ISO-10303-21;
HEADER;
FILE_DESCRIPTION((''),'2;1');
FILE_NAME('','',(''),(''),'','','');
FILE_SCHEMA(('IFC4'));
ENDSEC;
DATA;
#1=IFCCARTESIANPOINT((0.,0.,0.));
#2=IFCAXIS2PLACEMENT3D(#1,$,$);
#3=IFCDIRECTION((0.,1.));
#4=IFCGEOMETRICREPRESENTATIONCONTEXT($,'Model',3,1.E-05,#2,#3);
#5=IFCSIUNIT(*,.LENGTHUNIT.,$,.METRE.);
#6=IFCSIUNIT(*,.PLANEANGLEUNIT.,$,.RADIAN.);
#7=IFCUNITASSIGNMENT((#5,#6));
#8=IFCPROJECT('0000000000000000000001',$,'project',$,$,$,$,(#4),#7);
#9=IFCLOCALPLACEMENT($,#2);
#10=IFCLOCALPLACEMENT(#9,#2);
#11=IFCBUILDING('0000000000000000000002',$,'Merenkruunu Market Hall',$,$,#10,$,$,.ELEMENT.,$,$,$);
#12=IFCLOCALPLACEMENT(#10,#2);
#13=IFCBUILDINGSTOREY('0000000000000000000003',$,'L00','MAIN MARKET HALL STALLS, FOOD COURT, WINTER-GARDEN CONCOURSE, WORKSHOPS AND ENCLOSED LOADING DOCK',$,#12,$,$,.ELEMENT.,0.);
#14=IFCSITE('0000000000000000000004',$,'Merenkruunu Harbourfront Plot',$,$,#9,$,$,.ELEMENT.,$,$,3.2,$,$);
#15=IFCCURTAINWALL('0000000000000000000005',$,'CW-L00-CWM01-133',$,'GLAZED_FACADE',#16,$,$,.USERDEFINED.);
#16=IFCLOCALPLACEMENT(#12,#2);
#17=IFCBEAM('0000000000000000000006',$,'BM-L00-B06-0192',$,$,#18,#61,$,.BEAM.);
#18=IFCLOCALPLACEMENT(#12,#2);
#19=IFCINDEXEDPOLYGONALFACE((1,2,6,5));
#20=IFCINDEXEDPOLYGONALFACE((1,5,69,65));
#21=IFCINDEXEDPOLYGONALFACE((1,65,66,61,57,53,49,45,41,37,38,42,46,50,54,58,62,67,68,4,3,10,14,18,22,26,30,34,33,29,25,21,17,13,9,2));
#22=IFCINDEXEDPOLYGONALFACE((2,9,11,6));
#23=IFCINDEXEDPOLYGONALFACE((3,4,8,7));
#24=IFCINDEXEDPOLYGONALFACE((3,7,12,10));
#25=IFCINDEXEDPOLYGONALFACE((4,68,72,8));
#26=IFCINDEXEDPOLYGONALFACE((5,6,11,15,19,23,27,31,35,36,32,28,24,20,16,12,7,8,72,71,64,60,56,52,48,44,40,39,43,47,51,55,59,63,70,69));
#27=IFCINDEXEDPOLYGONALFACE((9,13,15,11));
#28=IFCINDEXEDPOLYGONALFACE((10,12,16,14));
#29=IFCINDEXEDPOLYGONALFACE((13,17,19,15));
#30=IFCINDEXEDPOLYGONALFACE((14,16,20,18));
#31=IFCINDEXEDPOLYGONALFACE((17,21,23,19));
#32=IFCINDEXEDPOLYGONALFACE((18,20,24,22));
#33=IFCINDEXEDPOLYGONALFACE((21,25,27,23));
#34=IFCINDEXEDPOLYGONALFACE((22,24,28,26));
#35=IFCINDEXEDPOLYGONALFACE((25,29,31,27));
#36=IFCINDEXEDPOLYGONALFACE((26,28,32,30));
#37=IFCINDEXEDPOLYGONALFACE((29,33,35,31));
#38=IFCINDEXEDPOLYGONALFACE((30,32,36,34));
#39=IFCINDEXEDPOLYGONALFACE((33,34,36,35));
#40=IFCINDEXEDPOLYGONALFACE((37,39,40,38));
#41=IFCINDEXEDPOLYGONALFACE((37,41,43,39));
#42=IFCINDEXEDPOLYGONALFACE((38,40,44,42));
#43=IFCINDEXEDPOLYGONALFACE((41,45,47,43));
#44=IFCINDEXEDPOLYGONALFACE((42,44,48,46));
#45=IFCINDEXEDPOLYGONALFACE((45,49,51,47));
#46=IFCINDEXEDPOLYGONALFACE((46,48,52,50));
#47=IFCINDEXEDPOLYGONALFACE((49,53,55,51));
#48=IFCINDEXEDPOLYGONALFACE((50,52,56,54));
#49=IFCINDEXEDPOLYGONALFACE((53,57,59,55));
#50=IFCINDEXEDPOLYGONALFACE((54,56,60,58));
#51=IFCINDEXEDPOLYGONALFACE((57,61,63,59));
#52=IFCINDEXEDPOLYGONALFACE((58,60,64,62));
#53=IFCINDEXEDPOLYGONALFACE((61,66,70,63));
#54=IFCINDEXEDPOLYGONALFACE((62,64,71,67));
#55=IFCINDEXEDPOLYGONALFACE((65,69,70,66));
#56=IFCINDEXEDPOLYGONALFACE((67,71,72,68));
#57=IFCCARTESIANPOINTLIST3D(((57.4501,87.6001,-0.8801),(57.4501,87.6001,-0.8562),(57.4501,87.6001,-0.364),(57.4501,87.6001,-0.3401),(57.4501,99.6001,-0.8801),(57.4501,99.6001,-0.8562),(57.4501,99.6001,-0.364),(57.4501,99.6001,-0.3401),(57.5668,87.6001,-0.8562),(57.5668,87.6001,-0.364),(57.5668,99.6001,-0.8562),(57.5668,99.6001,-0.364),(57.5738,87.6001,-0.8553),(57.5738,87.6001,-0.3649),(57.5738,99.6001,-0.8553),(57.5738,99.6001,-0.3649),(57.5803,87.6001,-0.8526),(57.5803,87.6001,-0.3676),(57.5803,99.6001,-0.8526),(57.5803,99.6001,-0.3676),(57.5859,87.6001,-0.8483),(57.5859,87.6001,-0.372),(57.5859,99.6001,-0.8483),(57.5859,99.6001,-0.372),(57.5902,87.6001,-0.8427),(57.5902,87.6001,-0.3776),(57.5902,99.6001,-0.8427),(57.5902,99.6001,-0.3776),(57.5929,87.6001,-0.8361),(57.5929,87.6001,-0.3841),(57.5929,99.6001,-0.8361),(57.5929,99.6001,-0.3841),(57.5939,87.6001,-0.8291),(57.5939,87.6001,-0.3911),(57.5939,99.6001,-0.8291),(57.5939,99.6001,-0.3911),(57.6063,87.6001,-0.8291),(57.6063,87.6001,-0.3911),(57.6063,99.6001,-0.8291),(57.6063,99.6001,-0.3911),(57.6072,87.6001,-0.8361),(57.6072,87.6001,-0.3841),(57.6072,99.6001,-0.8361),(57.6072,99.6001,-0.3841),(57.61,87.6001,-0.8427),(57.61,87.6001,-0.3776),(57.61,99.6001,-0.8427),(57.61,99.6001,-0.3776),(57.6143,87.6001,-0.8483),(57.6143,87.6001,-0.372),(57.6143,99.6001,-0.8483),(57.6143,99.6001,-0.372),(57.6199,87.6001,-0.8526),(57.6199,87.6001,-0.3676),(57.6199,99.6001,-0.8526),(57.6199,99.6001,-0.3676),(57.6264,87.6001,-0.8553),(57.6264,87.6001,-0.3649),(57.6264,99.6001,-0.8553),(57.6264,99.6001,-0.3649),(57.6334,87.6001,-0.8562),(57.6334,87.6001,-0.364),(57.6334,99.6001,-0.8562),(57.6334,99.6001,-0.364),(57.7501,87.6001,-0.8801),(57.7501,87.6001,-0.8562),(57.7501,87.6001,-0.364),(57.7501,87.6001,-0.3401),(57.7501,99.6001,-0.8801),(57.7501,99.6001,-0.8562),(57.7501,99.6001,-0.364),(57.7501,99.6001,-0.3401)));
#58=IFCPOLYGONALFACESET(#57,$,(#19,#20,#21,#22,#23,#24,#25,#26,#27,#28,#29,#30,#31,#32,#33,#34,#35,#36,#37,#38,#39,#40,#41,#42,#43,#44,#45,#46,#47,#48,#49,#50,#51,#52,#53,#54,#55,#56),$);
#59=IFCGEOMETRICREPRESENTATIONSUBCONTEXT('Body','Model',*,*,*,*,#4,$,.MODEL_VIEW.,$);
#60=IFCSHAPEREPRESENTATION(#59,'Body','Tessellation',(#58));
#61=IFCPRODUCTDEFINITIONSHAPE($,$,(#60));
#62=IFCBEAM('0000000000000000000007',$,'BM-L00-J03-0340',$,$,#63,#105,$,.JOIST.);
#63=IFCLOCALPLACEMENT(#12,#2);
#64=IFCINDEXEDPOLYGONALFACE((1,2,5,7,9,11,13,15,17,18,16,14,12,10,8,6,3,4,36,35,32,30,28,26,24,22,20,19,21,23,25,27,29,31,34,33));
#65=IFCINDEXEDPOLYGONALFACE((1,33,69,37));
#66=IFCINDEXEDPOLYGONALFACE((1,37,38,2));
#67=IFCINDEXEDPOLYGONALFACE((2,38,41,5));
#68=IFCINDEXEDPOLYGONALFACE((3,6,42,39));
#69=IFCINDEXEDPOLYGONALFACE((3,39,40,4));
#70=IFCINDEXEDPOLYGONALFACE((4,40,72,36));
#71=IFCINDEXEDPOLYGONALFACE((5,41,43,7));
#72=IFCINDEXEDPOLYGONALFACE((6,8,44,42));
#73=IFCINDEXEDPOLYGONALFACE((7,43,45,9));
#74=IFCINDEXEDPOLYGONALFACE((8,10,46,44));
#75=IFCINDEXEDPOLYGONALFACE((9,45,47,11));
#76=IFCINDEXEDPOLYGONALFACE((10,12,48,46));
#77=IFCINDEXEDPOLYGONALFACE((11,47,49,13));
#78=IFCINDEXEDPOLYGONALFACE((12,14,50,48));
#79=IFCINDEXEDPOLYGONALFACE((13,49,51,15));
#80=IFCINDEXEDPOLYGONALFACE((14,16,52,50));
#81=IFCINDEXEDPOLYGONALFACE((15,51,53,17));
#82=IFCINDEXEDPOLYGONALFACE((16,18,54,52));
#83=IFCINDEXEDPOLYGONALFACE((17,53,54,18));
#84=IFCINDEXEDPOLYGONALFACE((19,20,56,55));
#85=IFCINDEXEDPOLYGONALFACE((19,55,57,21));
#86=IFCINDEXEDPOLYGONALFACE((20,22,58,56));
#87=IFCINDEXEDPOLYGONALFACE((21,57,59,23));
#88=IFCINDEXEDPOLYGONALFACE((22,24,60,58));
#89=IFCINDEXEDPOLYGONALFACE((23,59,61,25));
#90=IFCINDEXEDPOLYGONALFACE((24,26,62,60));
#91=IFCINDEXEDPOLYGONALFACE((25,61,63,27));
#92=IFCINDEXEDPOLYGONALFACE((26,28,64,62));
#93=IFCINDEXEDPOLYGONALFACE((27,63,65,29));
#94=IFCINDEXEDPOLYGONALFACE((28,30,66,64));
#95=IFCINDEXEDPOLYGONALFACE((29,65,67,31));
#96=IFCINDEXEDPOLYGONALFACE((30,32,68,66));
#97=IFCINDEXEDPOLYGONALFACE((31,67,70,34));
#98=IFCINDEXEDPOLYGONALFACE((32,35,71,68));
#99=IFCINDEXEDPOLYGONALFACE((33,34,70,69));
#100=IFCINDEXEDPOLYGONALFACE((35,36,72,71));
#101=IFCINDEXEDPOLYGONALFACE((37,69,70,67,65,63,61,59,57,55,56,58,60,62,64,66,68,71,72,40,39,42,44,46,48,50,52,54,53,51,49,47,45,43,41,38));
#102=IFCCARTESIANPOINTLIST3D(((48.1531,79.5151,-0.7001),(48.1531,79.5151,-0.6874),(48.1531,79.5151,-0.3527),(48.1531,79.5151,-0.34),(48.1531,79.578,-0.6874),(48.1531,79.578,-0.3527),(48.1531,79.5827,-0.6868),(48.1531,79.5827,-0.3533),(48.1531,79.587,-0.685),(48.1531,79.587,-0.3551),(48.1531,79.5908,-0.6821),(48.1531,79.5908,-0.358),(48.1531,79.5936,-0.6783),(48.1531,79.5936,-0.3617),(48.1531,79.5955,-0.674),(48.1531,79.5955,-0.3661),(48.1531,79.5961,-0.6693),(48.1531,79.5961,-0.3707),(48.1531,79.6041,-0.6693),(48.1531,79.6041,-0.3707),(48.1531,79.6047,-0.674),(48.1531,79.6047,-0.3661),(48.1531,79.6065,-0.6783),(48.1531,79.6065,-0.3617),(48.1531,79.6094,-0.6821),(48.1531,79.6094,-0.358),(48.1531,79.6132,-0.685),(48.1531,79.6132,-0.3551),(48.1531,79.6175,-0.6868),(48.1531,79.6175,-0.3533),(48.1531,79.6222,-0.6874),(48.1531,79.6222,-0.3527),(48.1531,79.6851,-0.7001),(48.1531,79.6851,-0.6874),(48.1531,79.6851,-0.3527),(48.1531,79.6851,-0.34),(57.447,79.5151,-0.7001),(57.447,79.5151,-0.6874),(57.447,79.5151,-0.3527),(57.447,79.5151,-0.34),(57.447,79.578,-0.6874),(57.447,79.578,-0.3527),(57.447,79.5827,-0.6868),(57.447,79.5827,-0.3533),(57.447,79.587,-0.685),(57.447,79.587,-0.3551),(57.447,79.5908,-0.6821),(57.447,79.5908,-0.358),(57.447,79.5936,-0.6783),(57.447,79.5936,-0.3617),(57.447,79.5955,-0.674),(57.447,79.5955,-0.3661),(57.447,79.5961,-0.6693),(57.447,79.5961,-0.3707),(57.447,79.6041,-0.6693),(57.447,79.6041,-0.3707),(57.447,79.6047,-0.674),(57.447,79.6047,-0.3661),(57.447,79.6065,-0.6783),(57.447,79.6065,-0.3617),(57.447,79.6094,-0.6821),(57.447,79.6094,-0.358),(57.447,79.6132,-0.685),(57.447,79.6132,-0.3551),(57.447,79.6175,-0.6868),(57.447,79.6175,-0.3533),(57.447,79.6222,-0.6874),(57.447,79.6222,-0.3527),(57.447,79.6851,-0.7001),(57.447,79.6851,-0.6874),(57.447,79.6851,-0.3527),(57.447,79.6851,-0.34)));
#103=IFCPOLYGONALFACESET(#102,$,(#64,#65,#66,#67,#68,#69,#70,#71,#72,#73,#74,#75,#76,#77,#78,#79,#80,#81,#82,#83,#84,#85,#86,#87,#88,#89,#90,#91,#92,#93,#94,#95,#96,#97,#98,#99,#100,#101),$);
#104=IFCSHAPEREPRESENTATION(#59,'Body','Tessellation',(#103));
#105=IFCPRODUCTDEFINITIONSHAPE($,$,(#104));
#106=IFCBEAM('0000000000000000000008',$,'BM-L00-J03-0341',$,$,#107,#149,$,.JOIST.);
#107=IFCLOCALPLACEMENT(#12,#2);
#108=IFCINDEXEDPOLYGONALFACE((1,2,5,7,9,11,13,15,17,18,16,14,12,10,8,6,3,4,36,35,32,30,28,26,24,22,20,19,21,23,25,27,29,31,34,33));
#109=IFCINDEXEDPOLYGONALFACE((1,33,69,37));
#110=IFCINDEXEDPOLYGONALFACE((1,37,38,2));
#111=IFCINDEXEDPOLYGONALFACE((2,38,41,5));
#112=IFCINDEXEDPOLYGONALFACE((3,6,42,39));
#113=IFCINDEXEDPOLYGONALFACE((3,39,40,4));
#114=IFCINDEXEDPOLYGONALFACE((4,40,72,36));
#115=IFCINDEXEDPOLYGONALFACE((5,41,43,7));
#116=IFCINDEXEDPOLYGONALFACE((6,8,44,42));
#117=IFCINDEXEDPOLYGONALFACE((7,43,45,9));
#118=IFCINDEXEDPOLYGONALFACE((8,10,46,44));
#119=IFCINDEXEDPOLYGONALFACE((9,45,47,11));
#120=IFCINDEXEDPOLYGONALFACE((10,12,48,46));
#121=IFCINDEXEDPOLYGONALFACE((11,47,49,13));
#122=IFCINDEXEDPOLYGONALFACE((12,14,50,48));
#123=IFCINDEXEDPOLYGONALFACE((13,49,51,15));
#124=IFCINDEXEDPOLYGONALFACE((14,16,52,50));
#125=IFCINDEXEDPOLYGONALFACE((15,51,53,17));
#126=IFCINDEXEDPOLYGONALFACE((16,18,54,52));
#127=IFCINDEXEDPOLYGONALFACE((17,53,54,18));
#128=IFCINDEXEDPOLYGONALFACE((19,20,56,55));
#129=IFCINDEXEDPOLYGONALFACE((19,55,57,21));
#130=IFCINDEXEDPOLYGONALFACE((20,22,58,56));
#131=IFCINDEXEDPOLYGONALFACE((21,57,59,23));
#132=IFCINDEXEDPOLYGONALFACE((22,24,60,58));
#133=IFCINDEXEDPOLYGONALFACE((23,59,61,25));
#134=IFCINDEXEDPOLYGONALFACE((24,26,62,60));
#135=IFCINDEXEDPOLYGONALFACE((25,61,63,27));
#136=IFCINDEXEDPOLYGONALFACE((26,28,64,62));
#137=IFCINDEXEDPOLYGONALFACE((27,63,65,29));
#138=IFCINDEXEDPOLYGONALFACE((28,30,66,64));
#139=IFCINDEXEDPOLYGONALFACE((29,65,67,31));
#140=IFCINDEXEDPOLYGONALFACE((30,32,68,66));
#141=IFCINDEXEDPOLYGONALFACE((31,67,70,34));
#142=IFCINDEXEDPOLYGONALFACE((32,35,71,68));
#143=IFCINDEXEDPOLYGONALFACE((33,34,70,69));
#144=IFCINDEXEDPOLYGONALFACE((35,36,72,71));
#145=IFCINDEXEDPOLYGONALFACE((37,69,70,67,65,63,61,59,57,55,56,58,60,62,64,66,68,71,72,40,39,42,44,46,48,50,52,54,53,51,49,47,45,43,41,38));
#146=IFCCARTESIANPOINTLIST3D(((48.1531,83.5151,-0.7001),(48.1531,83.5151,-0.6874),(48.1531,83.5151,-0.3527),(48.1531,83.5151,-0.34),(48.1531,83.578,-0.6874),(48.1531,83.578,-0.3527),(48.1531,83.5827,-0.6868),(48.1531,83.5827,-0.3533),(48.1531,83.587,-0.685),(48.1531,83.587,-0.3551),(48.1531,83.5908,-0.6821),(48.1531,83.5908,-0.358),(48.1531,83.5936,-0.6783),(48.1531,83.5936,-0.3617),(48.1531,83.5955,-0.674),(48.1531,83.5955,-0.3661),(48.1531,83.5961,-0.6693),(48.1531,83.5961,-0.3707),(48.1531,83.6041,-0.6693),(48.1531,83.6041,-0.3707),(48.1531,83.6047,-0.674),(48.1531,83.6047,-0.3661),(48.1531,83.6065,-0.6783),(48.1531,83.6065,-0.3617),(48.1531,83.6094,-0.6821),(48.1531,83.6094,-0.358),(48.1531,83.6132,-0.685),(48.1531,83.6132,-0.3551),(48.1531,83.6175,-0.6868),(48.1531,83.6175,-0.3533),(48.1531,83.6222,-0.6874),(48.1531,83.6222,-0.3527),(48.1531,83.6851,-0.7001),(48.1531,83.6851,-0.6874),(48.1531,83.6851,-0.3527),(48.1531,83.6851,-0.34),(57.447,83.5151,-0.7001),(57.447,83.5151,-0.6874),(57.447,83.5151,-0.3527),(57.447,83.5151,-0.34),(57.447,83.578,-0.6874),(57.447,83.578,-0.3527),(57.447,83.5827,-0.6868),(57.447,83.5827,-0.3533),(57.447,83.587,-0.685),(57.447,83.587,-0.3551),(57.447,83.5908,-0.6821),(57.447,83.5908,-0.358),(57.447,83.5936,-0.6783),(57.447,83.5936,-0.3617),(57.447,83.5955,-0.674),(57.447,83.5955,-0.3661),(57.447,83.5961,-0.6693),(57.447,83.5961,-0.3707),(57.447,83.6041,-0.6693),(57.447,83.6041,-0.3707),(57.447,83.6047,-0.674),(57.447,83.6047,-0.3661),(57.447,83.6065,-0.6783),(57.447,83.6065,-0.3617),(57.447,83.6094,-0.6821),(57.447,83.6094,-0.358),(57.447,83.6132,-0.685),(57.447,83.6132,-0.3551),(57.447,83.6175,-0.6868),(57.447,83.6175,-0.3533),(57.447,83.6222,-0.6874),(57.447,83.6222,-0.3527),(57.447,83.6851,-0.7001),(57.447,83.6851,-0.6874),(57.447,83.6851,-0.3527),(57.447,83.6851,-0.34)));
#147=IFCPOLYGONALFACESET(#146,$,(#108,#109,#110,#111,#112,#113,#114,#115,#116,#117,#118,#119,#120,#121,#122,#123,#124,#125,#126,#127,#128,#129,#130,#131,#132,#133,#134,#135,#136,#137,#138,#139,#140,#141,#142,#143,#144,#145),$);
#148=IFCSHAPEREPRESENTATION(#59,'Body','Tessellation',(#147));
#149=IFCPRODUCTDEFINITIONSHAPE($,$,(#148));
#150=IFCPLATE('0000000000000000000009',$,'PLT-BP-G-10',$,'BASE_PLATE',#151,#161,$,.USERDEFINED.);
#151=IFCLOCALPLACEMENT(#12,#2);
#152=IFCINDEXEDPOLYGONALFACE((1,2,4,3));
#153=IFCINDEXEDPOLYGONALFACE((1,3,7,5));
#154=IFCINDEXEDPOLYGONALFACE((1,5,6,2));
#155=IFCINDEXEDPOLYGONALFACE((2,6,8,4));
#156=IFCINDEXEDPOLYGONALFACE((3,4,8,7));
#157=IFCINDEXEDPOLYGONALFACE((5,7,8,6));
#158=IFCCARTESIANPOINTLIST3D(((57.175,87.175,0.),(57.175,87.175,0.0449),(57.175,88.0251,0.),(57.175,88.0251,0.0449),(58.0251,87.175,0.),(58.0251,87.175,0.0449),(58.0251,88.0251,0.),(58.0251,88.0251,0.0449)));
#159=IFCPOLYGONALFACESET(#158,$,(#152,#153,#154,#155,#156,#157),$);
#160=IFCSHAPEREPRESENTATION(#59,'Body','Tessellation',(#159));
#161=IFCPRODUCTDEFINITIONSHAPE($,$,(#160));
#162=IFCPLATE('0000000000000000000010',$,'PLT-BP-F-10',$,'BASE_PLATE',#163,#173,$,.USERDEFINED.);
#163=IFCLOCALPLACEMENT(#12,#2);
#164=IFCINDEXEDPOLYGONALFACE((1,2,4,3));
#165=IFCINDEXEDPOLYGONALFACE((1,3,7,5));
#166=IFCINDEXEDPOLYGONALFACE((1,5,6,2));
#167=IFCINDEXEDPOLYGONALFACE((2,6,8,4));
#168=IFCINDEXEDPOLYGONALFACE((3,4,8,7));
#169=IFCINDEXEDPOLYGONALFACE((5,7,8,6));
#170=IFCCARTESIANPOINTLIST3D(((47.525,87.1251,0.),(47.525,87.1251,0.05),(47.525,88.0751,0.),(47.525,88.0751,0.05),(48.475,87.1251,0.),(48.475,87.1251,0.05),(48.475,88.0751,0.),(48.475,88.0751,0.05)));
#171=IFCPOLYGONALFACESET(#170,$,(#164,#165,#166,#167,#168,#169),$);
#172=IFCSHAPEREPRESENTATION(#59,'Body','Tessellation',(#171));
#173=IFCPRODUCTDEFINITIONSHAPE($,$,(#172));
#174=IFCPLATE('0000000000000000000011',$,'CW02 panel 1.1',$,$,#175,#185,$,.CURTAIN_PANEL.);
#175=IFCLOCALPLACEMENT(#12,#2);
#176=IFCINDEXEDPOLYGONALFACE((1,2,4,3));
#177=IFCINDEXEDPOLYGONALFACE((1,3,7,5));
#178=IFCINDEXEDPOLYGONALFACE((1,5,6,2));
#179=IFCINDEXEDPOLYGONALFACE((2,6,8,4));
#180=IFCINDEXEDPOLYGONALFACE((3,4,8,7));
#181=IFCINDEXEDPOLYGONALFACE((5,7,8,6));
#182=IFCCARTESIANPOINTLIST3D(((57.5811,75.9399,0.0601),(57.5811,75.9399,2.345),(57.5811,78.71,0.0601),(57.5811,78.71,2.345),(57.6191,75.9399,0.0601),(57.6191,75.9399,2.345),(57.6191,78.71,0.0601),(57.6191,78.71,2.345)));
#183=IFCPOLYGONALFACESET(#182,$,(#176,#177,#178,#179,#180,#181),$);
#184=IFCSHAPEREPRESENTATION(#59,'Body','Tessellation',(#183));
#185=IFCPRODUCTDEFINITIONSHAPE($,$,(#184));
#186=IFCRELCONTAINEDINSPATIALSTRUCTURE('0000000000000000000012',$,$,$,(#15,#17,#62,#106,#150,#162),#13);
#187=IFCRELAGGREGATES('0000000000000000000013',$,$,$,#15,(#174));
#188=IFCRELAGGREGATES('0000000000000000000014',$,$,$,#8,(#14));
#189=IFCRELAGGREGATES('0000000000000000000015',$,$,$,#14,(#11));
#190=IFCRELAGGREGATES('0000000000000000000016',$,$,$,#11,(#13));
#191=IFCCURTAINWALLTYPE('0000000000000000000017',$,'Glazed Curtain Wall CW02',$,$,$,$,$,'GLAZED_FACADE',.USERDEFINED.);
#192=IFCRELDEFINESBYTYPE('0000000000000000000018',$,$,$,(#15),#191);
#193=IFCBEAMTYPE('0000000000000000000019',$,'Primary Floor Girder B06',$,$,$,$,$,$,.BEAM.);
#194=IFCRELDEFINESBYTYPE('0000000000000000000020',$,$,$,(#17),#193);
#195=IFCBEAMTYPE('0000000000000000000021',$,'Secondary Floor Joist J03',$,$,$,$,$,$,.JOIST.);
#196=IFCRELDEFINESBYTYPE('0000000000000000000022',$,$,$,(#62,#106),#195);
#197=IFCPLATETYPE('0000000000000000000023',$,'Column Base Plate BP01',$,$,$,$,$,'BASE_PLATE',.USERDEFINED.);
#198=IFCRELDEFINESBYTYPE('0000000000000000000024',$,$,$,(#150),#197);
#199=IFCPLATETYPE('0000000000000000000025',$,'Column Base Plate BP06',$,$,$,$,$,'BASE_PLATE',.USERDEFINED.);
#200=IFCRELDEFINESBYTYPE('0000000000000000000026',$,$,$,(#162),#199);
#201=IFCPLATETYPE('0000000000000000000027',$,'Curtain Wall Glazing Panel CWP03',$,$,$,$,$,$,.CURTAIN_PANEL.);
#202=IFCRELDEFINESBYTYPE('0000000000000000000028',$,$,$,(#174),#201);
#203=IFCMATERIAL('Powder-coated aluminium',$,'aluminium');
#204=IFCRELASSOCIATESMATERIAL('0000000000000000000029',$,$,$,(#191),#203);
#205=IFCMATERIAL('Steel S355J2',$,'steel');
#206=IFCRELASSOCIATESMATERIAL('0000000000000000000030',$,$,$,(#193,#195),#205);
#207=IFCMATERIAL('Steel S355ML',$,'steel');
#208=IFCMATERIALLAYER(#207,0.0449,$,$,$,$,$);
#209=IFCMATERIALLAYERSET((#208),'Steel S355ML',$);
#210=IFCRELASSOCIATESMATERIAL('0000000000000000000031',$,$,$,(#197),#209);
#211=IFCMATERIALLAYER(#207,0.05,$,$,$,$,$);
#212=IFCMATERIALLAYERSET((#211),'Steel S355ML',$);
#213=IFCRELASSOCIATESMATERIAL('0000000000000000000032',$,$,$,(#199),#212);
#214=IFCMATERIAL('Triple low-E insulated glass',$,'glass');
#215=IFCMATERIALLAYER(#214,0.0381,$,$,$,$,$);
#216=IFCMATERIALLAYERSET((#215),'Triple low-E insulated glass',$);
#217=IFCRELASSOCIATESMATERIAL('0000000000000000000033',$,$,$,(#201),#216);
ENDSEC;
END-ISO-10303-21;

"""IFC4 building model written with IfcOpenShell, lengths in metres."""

from ifc_helpers import new_model, si_unit, direction, frame, origin, origin_2d, place, context, subcontext, project, spatial, rectangle, i_section, extrude, material, layer, layer_set, material_profile, profile_set, type_object, element, aggregate, save


model = new_model("IFC4")

# Units and contexts
model_context = context("Model", 3, precision=1e-05, world=origin(), true_north=direction((0.0, 1.0)))
body_context = subcontext(model_context, "Body", "Model", "MODEL_VIEW")
ifc_project = project(units=[si_unit("LENGTHUNIT", "METRE"), si_unit("PLANEANGLEUNIT", "RADIAN")], contexts=[model_context])

# Site, building, storey
site_placement = place(None, origin())
site = spatial("IfcSite", under=ifc_project, at=site_placement, Name="Merenkruunu Harbourfront Plot", CompositionType="ELEMENT", RefElevation=3.2)
building_placement = place(site_placement, origin())
building = spatial("IfcBuilding", under=site, at=building_placement, Name="Merenkruunu Market Hall", CompositionType="ELEMENT")
storey_placement = place(building_placement, origin())
storey = spatial("IfcBuildingStorey", under=building, at=storey_placement, Name="L00", Description="MAIN MARKET HALL STALLS, FOOD COURT, WINTER-GARDEN CONCOURSE, WORKSHOPS AND ENCLOSED LOADING DOCK", CompositionType="ELEMENT", Elevation=0.0)

# Shared definitions
ifc_material_1 = material(Name="Steel S355ML", Category="steel")
ifc_material_2 = material(Name="Steel S355J2", Category="steel")

# Curtain wall
ifc_material_3 = material(Name="Powder-coated aluminium", Category="aluminium")
curtain_wall_type = type_object("IfcCurtainWallType", Name="Glazed Curtain Wall CW02", ElementType="GLAZED_FACADE", PredefinedType="USERDEFINED", material=ifc_material_3)
curtain_wall_placement = place(storey_placement, origin())
curtain_wall = element("IfcCurtainWall", 1, at=curtain_wall_placement, inside=storey, type_object=curtain_wall_type, Name="CW-L00-CWM01-133", ObjectType="GLAZED_FACADE", PredefinedType="USERDEFINED")

# Beams
ifc_material_profile_1 = material_profile(ifc_material_2, i_section(OverallWidth=0.3, OverallDepth=0.54, WebThickness=0.0125, FlangeThickness=0.0239, FilletRadius=0.0271, at=origin_2d()), Name="HEA 550")
ifc_profile_set_1 = profile_set([ifc_material_profile_1], Name="Steel S355J2")
beam_type_1 = type_object("IfcBeamType", Name="Primary Floor Girder B06", PredefinedType="BEAM", material=ifc_profile_set_1)
for number, where, z_axis, x_axis, name in (
    (2, (57.6001, 87.6001, -0.6101), (0.0, 1.0, 0.0), (-1.0, 0.0, 0.0), "BM-L00-B06-0192"),
):
    element("IfcBeam", number, at=place(storey_placement, frame(where, z_axis=z_axis, x_axis=x_axis)), inside=storey, type_object=beam_type_1, Name=name, PredefinedType="BEAM", context=body_context, shape_type="SweptSolid", body=[
        extrude(i_section(OverallWidth=0.3, OverallDepth=0.54, WebThickness=0.0125, FlangeThickness=0.0239, FilletRadius=0.0271, at=origin_2d()), origin(), (0.0, 0.0, 1.0), 12.0),
    ])
ifc_material_profile_2 = material_profile(ifc_material_2, i_section(OverallWidth=0.1699, OverallDepth=0.3601, WebThickness=0.0081, FlangeThickness=0.0127, FilletRadius=0.0181, at=origin_2d()), Name="IPE 360")
ifc_profile_set_2 = profile_set([ifc_material_profile_2], Name="Steel S355J2")
beam_type_2 = type_object("IfcBeamType", Name="Secondary Floor Joist J03", PredefinedType="JOIST", material=ifc_profile_set_2)
for number, where, z_axis, x_axis, name in (
    (3, (48.1531, 79.6001, -0.52), (1.0, 0.0, 0.0), (0.0, 1.0, 0.0), "BM-L00-J03-0340"),
    (4, (48.1531, 83.6001, -0.52), (1.0, 0.0, 0.0), (0.0, 1.0, 0.0), "BM-L00-J03-0341"),
):
    element("IfcBeam", number, at=place(storey_placement, frame(where, z_axis=z_axis, x_axis=x_axis)), inside=storey, type_object=beam_type_2, Name=name, PredefinedType="JOIST", context=body_context, shape_type="SweptSolid", body=[
        extrude(i_section(OverallWidth=0.1699, OverallDepth=0.3601, WebThickness=0.0081, FlangeThickness=0.0127, FilletRadius=0.0181, at=origin_2d()), origin(), (0.0, 0.0, 1.0), 9.2939),
    ])

# Plates
ifc_layer_1 = layer(ifc_material_1, 0.0449)
ifc_layer_set_1 = layer_set([ifc_layer_1], Name="Steel S355ML")
plate_type_1 = type_object("IfcPlateType", Name="Column Base Plate BP01", ElementType="BASE_PLATE", PredefinedType="USERDEFINED", material=ifc_layer_set_1)
plate_1_placement = place(storey_placement, frame((57.6001, 87.6001, 0.0), z_axis=(0.0, 0.0, 1.0), x_axis=(1.0, 0.0, 0.0)))
element("IfcPlate", 5, at=plate_1_placement, inside=storey, type_object=plate_type_1, Name="PLT-BP-G-10", ObjectType="BASE_PLATE", PredefinedType="USERDEFINED", context=body_context, shape_type="SweptSolid", body=[
    extrude(rectangle(XDim=0.8501, YDim=0.8501, at=origin_2d()), origin(), (0.0, 0.0, 1.0), 0.0449),
])
ifc_layer_2 = layer(ifc_material_1, 0.05)
ifc_layer_set_2 = layer_set([ifc_layer_2], Name="Steel S355ML")
plate_type_2 = type_object("IfcPlateType", Name="Column Base Plate BP06", ElementType="BASE_PLATE", PredefinedType="USERDEFINED", material=ifc_layer_set_2)
plate_2_placement = place(storey_placement, frame((48.0, 87.6001, 0.0), z_axis=(0.0, 0.0, 1.0), x_axis=(1.0, 0.0, 0.0)))
element("IfcPlate", 6, at=plate_2_placement, inside=storey, type_object=plate_type_2, Name="PLT-BP-F-10", ObjectType="BASE_PLATE", PredefinedType="USERDEFINED", context=body_context, shape_type="SweptSolid", body=[
    extrude(rectangle(XDim=0.95, YDim=0.95, at=origin_2d()), origin(), (0.0, 0.0, 1.0), 0.05),
])

# Plate
ifc_material_4 = material(Name="Triple low-E insulated glass", Category="glass")
ifc_layer_3 = layer(ifc_material_4, 0.0381)
ifc_layer_set_3 = layer_set([ifc_layer_3], Name="Triple low-E insulated glass")
plate_type_3 = type_object("IfcPlateType", Name="Curtain Wall Glazing Panel CWP03", PredefinedType="CURTAIN_PANEL", material=ifc_layer_set_3)
plate_3_placement = place(storey_placement, frame((57.6001, 77.325, 0.0601), z_axis=(0.0, 0.0, 1.0), x_axis=(0.0, 1.0, 0.0)))
plate_3 = element("IfcPlate", 7, at=plate_3_placement, type_object=plate_type_3, Name="CW02 panel 1.1", PredefinedType="CURTAIN_PANEL", context=body_context, shape_type="SweptSolid", body=[
    extrude(rectangle(XDim=2.77, YDim=0.0381, at=origin_2d()), origin(), (0.0, 0.0, 1.0), 2.2849),
])
aggregate(curtain_wall, [plate_3])

save(model, "model.ifc")
